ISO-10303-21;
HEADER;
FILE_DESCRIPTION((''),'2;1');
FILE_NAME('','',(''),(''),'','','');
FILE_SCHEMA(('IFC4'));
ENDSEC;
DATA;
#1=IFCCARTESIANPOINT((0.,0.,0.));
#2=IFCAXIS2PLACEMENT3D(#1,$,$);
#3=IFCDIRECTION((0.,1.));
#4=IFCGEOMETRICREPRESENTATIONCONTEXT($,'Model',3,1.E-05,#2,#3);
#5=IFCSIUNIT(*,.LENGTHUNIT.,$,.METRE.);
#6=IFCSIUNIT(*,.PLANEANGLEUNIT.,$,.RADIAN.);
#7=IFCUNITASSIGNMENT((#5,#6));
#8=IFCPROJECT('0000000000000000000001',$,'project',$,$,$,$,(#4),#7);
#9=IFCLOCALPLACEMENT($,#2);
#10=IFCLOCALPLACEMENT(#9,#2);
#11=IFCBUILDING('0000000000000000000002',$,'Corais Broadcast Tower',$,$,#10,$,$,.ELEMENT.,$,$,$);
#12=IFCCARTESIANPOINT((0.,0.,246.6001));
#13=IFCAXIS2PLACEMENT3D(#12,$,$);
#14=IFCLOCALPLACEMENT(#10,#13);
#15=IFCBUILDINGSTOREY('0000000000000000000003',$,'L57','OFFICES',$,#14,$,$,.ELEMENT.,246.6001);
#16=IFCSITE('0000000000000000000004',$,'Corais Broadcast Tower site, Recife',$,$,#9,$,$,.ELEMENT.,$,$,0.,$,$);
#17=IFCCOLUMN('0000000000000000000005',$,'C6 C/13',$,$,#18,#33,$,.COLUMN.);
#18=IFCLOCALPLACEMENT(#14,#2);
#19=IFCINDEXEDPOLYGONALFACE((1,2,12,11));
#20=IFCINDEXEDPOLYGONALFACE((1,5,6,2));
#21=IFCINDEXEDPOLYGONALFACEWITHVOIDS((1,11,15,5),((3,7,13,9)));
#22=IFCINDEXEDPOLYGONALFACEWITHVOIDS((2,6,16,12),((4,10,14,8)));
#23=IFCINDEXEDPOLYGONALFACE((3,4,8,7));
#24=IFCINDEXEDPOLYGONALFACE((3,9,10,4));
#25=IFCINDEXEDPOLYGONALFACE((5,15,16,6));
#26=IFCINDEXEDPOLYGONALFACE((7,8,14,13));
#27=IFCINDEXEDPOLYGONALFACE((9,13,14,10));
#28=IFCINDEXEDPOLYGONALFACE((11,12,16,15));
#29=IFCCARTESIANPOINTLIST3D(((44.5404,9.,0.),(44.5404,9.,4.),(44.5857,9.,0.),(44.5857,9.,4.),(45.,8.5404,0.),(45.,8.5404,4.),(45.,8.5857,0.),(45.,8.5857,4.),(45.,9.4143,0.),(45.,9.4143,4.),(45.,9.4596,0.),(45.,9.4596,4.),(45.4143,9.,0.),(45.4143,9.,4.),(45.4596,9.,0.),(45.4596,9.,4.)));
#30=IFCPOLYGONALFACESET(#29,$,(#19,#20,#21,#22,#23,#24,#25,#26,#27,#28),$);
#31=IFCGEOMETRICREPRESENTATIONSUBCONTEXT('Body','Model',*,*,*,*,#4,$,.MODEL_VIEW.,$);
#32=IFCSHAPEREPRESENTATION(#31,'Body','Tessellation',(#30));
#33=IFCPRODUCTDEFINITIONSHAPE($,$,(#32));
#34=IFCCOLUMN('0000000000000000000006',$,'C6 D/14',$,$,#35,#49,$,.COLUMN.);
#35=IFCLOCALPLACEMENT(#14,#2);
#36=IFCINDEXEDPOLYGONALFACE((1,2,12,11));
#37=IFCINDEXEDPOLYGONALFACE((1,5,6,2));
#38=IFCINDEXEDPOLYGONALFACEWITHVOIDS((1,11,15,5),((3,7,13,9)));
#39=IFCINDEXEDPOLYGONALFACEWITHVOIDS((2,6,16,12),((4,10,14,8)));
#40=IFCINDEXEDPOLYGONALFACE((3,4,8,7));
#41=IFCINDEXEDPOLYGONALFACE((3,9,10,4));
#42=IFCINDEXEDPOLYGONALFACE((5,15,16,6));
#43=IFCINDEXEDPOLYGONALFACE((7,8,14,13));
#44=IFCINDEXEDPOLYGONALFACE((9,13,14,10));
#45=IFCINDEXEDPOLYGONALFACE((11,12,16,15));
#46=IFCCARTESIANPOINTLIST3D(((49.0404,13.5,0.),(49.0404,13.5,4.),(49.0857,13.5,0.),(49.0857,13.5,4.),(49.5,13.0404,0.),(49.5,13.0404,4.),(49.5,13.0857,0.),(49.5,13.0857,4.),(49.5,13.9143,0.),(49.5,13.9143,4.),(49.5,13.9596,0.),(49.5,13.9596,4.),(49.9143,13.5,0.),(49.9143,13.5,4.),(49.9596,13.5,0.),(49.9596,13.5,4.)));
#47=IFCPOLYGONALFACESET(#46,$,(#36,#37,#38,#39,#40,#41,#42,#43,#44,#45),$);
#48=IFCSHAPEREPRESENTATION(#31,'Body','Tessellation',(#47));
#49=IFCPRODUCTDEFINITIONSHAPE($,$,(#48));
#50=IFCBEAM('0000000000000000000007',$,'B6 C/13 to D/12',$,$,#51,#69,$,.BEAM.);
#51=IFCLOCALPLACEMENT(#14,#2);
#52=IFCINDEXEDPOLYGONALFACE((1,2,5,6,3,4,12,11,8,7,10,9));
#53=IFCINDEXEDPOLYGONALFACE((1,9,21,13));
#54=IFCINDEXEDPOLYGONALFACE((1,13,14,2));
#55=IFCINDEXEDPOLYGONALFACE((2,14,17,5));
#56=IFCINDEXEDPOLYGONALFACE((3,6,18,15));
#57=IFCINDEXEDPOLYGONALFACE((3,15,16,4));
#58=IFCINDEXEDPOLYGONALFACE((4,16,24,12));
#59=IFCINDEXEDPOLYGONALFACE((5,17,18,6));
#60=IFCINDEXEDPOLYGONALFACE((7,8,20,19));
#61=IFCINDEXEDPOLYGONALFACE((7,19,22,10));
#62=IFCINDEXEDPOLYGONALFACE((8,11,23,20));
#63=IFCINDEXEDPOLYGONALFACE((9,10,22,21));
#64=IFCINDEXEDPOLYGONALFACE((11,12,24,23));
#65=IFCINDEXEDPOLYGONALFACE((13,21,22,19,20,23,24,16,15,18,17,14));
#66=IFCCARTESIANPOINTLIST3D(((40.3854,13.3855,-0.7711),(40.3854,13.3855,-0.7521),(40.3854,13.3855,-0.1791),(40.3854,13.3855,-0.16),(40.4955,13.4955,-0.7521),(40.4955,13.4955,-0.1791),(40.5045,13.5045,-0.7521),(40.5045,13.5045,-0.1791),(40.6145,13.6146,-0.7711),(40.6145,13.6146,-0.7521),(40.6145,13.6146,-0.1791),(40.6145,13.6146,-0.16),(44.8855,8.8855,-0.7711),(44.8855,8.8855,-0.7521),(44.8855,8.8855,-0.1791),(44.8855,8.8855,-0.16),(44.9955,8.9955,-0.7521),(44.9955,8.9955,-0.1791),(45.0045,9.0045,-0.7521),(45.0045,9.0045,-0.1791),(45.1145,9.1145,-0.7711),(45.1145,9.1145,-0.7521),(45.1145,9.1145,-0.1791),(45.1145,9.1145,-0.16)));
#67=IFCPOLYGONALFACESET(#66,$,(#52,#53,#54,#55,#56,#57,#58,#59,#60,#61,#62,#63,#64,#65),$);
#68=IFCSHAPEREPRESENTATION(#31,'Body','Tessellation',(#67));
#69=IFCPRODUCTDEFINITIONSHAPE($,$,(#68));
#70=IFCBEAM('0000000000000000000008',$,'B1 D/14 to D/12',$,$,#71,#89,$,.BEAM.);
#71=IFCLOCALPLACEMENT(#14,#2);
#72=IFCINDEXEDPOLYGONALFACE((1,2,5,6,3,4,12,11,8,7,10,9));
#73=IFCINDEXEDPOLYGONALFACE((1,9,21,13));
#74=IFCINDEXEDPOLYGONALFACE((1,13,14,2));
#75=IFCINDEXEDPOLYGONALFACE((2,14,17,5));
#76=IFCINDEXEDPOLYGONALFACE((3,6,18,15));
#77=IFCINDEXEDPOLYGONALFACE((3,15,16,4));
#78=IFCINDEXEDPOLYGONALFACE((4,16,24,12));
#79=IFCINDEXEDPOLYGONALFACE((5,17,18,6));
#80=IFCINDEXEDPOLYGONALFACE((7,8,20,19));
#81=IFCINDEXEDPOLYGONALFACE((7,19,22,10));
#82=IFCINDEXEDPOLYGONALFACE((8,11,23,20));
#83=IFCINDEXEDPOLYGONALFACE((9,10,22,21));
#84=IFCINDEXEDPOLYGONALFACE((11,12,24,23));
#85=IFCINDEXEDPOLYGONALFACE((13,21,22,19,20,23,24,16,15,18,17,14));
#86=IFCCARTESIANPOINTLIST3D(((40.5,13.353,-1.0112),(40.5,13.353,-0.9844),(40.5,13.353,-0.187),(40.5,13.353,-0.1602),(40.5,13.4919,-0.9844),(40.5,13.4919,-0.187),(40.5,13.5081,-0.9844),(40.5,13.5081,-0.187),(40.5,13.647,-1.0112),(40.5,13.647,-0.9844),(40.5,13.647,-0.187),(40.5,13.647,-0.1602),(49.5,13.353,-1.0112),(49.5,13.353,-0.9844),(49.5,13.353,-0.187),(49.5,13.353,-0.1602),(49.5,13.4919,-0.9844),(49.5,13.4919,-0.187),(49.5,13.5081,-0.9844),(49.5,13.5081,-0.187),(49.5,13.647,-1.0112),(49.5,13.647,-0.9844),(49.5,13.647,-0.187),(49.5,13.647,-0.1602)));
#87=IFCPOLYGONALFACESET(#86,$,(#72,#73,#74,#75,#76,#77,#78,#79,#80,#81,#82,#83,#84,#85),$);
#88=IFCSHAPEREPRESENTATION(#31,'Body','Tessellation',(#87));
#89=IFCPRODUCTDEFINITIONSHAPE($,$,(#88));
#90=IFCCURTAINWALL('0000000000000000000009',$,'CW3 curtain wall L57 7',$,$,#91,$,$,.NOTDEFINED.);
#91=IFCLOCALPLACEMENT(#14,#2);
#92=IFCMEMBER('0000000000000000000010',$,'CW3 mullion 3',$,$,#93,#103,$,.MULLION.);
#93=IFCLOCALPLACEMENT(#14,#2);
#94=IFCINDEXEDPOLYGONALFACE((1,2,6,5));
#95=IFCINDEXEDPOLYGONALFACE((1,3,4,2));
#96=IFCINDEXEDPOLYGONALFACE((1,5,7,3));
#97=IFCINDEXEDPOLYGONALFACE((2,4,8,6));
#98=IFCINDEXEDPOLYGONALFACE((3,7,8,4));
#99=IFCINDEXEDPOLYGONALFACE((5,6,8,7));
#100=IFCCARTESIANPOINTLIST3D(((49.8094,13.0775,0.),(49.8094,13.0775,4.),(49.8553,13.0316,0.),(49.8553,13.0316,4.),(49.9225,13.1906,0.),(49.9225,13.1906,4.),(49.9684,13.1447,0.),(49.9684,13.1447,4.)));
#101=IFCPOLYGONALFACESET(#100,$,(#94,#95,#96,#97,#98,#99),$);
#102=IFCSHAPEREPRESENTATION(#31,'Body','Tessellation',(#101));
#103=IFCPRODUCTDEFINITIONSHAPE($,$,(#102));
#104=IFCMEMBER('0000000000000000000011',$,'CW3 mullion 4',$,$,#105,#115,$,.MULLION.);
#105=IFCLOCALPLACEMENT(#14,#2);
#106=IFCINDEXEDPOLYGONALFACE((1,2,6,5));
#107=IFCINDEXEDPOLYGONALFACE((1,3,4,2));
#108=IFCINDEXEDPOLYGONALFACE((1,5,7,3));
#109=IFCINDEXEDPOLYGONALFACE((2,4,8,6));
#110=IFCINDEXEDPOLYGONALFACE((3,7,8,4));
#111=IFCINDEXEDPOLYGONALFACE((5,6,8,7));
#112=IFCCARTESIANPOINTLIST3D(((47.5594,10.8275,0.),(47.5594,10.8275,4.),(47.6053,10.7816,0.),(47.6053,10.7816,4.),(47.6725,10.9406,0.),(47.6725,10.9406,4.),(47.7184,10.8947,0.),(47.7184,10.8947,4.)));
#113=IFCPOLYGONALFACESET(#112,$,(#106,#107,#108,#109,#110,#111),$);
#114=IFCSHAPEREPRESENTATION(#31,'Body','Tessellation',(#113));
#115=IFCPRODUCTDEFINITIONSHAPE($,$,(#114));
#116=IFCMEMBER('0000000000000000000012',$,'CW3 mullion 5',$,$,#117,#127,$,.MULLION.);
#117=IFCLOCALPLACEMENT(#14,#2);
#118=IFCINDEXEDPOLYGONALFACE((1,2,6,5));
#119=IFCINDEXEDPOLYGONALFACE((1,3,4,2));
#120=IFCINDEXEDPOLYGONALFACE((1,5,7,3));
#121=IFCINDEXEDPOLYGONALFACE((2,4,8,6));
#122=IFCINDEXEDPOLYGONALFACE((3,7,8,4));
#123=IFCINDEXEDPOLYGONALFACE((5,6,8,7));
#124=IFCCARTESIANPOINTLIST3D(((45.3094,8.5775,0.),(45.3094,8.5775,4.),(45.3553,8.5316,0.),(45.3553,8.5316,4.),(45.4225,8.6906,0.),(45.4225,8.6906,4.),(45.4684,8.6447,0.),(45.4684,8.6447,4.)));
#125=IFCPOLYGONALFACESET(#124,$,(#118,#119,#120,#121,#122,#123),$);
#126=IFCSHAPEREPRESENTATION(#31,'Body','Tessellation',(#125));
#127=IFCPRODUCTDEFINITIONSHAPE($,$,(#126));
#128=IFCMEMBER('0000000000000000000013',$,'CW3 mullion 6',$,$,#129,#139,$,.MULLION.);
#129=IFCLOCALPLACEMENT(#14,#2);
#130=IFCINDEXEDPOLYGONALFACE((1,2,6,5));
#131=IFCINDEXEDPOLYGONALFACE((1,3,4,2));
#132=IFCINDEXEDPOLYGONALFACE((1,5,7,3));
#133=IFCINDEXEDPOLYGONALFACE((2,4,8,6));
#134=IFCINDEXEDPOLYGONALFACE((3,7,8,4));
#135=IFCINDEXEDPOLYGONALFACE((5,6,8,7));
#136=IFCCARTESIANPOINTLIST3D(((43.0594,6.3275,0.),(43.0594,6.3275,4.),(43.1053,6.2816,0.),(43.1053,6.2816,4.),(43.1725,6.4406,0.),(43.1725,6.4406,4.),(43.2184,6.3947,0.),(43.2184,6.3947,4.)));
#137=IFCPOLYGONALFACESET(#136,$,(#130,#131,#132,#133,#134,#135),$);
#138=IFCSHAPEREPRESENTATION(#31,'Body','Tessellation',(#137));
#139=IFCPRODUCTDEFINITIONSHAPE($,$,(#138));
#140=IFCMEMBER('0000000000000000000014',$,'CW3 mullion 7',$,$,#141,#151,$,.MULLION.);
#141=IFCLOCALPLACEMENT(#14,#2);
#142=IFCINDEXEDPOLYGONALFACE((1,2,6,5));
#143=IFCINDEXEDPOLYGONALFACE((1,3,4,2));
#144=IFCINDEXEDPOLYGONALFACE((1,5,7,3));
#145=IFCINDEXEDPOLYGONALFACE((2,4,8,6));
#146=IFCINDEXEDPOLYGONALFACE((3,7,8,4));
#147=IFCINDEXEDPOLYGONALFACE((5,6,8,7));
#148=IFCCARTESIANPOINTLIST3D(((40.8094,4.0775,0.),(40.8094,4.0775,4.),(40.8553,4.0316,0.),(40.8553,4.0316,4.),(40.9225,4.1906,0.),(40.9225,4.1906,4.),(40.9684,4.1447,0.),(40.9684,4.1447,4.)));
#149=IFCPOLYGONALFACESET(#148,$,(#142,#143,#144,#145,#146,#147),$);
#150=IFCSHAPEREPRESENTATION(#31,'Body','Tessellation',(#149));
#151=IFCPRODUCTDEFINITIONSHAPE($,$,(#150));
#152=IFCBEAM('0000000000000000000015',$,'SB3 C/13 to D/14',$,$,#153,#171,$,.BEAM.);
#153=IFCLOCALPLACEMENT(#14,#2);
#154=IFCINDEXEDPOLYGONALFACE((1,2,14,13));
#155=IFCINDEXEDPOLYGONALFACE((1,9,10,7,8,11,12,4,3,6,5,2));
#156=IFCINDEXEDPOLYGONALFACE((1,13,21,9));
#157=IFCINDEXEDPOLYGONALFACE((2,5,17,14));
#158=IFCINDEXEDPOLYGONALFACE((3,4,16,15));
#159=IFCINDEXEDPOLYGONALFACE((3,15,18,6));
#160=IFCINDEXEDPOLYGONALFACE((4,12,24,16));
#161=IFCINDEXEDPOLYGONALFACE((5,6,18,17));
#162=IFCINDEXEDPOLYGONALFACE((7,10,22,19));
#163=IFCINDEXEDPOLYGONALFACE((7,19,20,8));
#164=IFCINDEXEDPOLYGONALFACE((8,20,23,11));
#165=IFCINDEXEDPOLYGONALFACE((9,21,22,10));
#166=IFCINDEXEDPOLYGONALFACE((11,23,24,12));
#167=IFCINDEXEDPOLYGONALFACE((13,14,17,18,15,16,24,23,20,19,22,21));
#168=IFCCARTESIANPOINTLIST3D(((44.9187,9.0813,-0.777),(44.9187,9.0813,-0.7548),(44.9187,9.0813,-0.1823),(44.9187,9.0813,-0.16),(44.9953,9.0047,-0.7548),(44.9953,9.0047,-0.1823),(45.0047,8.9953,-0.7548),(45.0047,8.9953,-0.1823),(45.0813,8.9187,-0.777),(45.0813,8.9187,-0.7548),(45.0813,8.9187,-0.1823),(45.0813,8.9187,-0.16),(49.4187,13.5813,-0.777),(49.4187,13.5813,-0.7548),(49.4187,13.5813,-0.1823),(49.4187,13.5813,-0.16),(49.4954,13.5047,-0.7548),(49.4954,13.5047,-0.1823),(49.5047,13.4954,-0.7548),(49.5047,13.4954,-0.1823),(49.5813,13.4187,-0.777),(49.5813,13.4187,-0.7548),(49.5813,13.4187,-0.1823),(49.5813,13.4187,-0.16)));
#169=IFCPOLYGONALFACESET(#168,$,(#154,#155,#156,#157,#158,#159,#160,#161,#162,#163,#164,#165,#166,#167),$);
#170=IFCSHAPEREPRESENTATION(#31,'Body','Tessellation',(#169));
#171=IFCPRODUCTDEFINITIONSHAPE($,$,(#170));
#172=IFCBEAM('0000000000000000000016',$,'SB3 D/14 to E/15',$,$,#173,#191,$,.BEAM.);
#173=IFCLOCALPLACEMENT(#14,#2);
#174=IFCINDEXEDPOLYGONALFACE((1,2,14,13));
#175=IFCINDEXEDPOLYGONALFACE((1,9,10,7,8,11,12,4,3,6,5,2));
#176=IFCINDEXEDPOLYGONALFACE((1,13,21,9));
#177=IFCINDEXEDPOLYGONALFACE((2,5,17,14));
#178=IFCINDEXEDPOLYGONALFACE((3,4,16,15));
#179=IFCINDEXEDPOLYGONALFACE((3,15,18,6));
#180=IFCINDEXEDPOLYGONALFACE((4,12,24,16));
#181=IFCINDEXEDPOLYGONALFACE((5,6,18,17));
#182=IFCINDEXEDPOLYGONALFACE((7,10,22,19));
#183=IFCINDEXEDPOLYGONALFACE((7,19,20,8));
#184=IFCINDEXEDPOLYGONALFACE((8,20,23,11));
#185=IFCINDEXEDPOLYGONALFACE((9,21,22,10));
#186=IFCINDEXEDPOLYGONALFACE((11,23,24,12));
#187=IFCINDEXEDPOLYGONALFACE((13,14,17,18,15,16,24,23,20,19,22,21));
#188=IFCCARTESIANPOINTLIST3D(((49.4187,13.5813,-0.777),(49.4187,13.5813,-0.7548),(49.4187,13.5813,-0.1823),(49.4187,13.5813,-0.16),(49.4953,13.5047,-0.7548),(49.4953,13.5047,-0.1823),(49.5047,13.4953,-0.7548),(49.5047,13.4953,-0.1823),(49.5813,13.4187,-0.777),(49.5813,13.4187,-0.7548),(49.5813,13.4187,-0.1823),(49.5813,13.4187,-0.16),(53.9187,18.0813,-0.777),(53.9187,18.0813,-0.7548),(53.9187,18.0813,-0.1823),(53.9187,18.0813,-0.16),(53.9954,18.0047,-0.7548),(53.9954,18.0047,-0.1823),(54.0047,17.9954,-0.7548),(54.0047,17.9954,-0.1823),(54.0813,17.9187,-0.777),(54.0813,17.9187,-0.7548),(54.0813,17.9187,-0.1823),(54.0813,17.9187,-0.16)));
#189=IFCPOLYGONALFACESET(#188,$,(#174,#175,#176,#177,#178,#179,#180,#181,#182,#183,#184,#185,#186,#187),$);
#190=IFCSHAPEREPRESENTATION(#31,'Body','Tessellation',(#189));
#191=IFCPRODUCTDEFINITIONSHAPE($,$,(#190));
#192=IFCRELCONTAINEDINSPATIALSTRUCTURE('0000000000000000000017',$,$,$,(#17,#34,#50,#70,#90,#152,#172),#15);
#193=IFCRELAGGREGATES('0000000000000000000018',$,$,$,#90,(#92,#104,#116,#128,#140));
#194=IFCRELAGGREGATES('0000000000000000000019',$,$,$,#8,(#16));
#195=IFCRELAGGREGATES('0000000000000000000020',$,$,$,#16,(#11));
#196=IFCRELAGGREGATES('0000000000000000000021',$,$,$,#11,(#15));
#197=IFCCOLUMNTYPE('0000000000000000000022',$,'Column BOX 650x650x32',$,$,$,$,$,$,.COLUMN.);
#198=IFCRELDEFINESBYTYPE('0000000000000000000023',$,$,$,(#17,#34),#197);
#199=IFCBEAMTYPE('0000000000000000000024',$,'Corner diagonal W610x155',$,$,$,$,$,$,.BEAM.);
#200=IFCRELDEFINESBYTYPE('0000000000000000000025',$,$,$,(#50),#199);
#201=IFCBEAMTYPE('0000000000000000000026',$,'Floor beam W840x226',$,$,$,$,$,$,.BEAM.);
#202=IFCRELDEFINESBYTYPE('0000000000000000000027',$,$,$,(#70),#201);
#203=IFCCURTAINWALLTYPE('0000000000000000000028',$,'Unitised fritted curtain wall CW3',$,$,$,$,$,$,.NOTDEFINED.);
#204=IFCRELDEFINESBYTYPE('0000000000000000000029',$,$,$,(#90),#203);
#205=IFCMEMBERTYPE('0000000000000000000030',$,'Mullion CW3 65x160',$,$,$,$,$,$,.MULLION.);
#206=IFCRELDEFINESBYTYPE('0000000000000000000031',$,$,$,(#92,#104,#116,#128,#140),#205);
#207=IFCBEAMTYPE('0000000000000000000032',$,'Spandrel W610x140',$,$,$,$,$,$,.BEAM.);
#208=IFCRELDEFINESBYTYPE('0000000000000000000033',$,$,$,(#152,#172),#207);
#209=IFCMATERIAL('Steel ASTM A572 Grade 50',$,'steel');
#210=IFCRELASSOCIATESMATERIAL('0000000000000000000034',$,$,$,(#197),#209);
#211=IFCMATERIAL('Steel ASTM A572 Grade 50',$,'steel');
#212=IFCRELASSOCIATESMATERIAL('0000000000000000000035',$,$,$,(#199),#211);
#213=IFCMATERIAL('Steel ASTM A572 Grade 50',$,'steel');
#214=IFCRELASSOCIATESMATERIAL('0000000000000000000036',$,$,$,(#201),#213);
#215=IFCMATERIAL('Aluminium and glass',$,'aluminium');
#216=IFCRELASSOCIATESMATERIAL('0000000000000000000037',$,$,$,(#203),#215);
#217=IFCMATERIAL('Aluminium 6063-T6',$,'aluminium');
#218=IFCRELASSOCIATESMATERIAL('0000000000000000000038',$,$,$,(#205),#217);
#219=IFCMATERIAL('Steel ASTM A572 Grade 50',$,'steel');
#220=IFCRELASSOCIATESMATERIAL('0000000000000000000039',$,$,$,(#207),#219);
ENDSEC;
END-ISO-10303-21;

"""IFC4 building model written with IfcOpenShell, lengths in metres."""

from ifc_helpers import new_model, si_unit, direction, frame, origin, origin_2d, place, context, subcontext, project, spatial, rectangle, hollow_rectangle, i_section, extrude, material, material_profile, profile_set, type_object, element, aggregate, save


model = new_model("IFC4")

# Units and contexts
model_context = context("Model", 3, precision=1e-05, world=origin(), true_north=direction((0.0, 1.0)))
body_context = subcontext(model_context, "Body", "Model", "MODEL_VIEW")
ifc_project = project(units=[si_unit("LENGTHUNIT", "METRE"), si_unit("PLANEANGLEUNIT", "RADIAN")], contexts=[model_context])

# Site, building, storey
site_placement = place(None, origin())
site = spatial("IfcSite", under=ifc_project, at=site_placement, Name="Corais Broadcast Tower site, Recife", CompositionType="ELEMENT", RefElevation=0.0)
building_placement = place(site_placement, origin())
building = spatial("IfcBuilding", under=site, at=building_placement, Name="Corais Broadcast Tower", CompositionType="ELEMENT")
storey_placement = place(building_placement, frame((0.0, 0.0, 246.6001)))
storey = spatial("IfcBuildingStorey", under=building, at=storey_placement, Name="L57", Description="OFFICES", CompositionType="ELEMENT", Elevation=246.6001)

# Columns
ifc_material_1 = material(Name="Steel ASTM A572 Grade 50", Category="steel")
ifc_material_profile_1 = material_profile(ifc_material_1, hollow_rectangle(XDim=0.6499, YDim=0.6499, WallThickness=0.032, at=origin_2d()), Name="BOX 650x650x32")
ifc_profile_set_1 = profile_set([ifc_material_profile_1], Name="Steel ASTM A572 Grade 50")
column_type = type_object("IfcColumnType", Name="Column BOX 650x650x32", PredefinedType="COLUMN", material=ifc_profile_set_1)
for number, where, z_axis, x_axis, name in (
    (1, (45.0, 9.0, 0.0), (0.0, 0.0, 1.0), (0.707107, 0.707107, 0.0), "C6 C/13"),
    (2, (49.5, 13.5, 0.0), (0.0, 0.0, 1.0), (0.707107, 0.707107, 0.0), "C6 D/14"),
):
    element("IfcColumn", number, at=place(storey_placement, frame(where, z_axis=z_axis, x_axis=x_axis)), inside=storey, type_object=column_type, Name=name, PredefinedType="COLUMN", context=body_context, shape_type="SweptSolid", body=[
        extrude(hollow_rectangle(XDim=0.6499, YDim=0.6499, WallThickness=0.032, at=origin_2d()), origin(), (0.0, 0.0, 1.0), 4.0),
    ])

# Beams
ifc_material_2 = material(Name="Steel ASTM A572 Grade 50", Category="steel")
ifc_material_profile_2 = material_profile(ifc_material_2, i_section(OverallWidth=0.324, OverallDepth=0.6111, WebThickness=0.0127, FlangeThickness=0.019, at=origin_2d()), Name="W610x155")
ifc_profile_set_2 = profile_set([ifc_material_profile_2], Name="Steel ASTM A572 Grade 50")
beam_type_1 = type_object("IfcBeamType", Name="Corner diagonal W610x155", PredefinedType="BEAM", material=ifc_profile_set_2)
beam_1_placement = place(storey_placement, frame((45.0, 9.0, -0.4656), z_axis=(-0.707107, 0.707107, 0.0), x_axis=(-0.707107, -0.707107, 0.0)))
element("IfcBeam", 3, at=beam_1_placement, inside=storey, type_object=beam_type_1, Name="B6 C/13 to D/12", PredefinedType="BEAM", context=body_context, shape_type="SweptSolid", body=[
    extrude(i_section(OverallWidth=0.324, OverallDepth=0.6111, WebThickness=0.0127, FlangeThickness=0.019, at=origin_2d()), origin(), (0.0, 0.0, 1.0), 6.364),
])
ifc_material_3 = material(Name="Steel ASTM A572 Grade 50", Category="steel")
ifc_material_profile_3 = material_profile(ifc_material_3, i_section(OverallWidth=0.2939, OverallDepth=0.8511, WebThickness=0.0161, FlangeThickness=0.0269, at=origin_2d()), Name="W840x226")
ifc_profile_set_3 = profile_set([ifc_material_profile_3], Name="Steel ASTM A572 Grade 50")
beam_type_2 = type_object("IfcBeamType", Name="Floor beam W840x226", PredefinedType="BEAM", material=ifc_profile_set_3)
beam_2_placement = place(storey_placement, frame((49.5, 13.5, -0.5857), z_axis=(-1.0, 0.0, 0.0), x_axis=(0.0, -1.0, 0.0)))
element("IfcBeam", 4, at=beam_2_placement, inside=storey, type_object=beam_type_2, Name="B1 D/14 to D/12", PredefinedType="BEAM", context=body_context, shape_type="SweptSolid", body=[
    extrude(i_section(OverallWidth=0.2939, OverallDepth=0.8511, WebThickness=0.0161, FlangeThickness=0.0269, at=origin_2d()), origin(), (0.0, 0.0, 1.0), 9.0),
])

# Curtain wall, members
ifc_material_4 = material(Name="Aluminium and glass", Category="aluminium")
curtain_wall_type = type_object("IfcCurtainWallType", Name="Unitised fritted curtain wall CW3", PredefinedType="NOTDEFINED", material=ifc_material_4)
curtain_wall_placement = place(storey_placement, origin())
curtain_wall = element("IfcCurtainWall", 5, at=curtain_wall_placement, inside=storey, type_object=curtain_wall_type, Name="CW3 curtain wall L57 7", PredefinedType="NOTDEFINED")
ifc_material_5 = material(Name="Aluminium 6063-T6", Category="aluminium")
ifc_material_profile_4 = material_profile(ifc_material_5, rectangle(XDim=0.0649, YDim=0.1599, at=origin_2d()), Name="Mullion CW3 65x160")
ifc_profile_set_4 = profile_set([ifc_material_profile_4], Name="Aluminium 6063-T6")
member_type_1 = type_object("IfcMemberType", Name="Mullion CW3 65x160", PredefinedType="MULLION", material=ifc_profile_set_4)
member_1_placement = place(storey_placement, frame((49.8889, 13.1111, 0.0), z_axis=(0.0, 0.0, 1.0), x_axis=(0.707107, -0.707107, 0.0)))
member_1 = element("IfcMember", 6, at=member_1_placement, type_object=member_type_1, Name="CW3 mullion 3", PredefinedType="MULLION", context=body_context, shape_type="SweptSolid", body=[
    extrude(rectangle(XDim=0.0649, YDim=0.1599, at=origin_2d()), origin(), (0.0, 0.0, 1.0), 4.0),
])
member_2_placement = place(storey_placement, frame((47.6389, 10.8611, 0.0), z_axis=(0.0, 0.0, 1.0), x_axis=(0.707107, -0.707107, 0.0)))
member_2 = element("IfcMember", 7, at=member_2_placement, type_object=member_type_1, Name="CW3 mullion 4", PredefinedType="MULLION", context=body_context, shape_type="SweptSolid", body=[
    extrude(rectangle(XDim=0.0649, YDim=0.1599, at=origin_2d()), origin(), (0.0, 0.0, 1.0), 4.0),
])
member_3_placement = place(storey_placement, frame((45.3889, 8.6111, 0.0), z_axis=(0.0, 0.0, 1.0), x_axis=(0.707107, -0.707107, 0.0)))
member_3 = element("IfcMember", 8, at=member_3_placement, type_object=member_type_1, Name="CW3 mullion 5", PredefinedType="MULLION", context=body_context, shape_type="SweptSolid", body=[
    extrude(rectangle(XDim=0.0649, YDim=0.1599, at=origin_2d()), origin(), (0.0, 0.0, 1.0), 4.0),
])
member_4_placement = place(storey_placement, frame((43.1389, 6.3611, 0.0), z_axis=(0.0, 0.0, 1.0), x_axis=(0.707107, -0.707107, 0.0)))
member_4 = element("IfcMember", 9, at=member_4_placement, type_object=member_type_1, Name="CW3 mullion 6", PredefinedType="MULLION", context=body_context, shape_type="SweptSolid", body=[
    extrude(rectangle(XDim=0.0649, YDim=0.1599, at=origin_2d()), origin(), (0.0, 0.0, 1.0), 4.0),
])
member_5_placement = place(storey_placement, frame((40.8889, 4.1111, 0.0), z_axis=(0.0, 0.0, 1.0), x_axis=(0.707107, -0.707107, 0.0)))
member_5 = element("IfcMember", 10, at=member_5_placement, type_object=member_type_1, Name="CW3 mullion 7", PredefinedType="MULLION", context=body_context, shape_type="SweptSolid", body=[
    extrude(rectangle(XDim=0.0649, YDim=0.1599, at=origin_2d()), origin(), (0.0, 0.0, 1.0), 4.0),
])

# Beams
ifc_material_6 = material(Name="Steel ASTM A572 Grade 50", Category="steel")
ifc_material_profile_5 = material_profile(ifc_material_6, i_section(OverallWidth=0.23, OverallDepth=0.6169, WebThickness=0.0132, FlangeThickness=0.0222, at=origin_2d()), Name="W610x140")
ifc_profile_set_5 = profile_set([ifc_material_profile_5], Name="Steel ASTM A572 Grade 50")
beam_type_3 = type_object("IfcBeamType", Name="Spandrel W610x140", PredefinedType="BEAM", material=ifc_profile_set_5)
for number, where, z_axis, x_axis, name in (
    (11, (45.0, 9.0, -0.4685), (0.707107, 0.707107, 0.0), (-0.707107, 0.707107, 0.0), "SB3 C/13 to D/14"),
    (12, (49.5, 13.5, -0.4685), (0.707107, 0.707107, 0.0), (-0.707107, 0.707107, 0.0), "SB3 D/14 to E/15"),
):
    element("IfcBeam", number, at=place(storey_placement, frame(where, z_axis=z_axis, x_axis=x_axis)), inside=storey, type_object=beam_type_3, Name=name, PredefinedType="BEAM", context=body_context, shape_type="SweptSolid", body=[
        extrude(i_section(OverallWidth=0.23, OverallDepth=0.6169, WebThickness=0.0132, FlangeThickness=0.0222, at=origin_2d()), origin(), (0.0, 0.0, 1.0), 6.364),
    ])

aggregate(curtain_wall, [member_1, member_2, member_3, member_4, member_5])

save(model, "model.ifc")
